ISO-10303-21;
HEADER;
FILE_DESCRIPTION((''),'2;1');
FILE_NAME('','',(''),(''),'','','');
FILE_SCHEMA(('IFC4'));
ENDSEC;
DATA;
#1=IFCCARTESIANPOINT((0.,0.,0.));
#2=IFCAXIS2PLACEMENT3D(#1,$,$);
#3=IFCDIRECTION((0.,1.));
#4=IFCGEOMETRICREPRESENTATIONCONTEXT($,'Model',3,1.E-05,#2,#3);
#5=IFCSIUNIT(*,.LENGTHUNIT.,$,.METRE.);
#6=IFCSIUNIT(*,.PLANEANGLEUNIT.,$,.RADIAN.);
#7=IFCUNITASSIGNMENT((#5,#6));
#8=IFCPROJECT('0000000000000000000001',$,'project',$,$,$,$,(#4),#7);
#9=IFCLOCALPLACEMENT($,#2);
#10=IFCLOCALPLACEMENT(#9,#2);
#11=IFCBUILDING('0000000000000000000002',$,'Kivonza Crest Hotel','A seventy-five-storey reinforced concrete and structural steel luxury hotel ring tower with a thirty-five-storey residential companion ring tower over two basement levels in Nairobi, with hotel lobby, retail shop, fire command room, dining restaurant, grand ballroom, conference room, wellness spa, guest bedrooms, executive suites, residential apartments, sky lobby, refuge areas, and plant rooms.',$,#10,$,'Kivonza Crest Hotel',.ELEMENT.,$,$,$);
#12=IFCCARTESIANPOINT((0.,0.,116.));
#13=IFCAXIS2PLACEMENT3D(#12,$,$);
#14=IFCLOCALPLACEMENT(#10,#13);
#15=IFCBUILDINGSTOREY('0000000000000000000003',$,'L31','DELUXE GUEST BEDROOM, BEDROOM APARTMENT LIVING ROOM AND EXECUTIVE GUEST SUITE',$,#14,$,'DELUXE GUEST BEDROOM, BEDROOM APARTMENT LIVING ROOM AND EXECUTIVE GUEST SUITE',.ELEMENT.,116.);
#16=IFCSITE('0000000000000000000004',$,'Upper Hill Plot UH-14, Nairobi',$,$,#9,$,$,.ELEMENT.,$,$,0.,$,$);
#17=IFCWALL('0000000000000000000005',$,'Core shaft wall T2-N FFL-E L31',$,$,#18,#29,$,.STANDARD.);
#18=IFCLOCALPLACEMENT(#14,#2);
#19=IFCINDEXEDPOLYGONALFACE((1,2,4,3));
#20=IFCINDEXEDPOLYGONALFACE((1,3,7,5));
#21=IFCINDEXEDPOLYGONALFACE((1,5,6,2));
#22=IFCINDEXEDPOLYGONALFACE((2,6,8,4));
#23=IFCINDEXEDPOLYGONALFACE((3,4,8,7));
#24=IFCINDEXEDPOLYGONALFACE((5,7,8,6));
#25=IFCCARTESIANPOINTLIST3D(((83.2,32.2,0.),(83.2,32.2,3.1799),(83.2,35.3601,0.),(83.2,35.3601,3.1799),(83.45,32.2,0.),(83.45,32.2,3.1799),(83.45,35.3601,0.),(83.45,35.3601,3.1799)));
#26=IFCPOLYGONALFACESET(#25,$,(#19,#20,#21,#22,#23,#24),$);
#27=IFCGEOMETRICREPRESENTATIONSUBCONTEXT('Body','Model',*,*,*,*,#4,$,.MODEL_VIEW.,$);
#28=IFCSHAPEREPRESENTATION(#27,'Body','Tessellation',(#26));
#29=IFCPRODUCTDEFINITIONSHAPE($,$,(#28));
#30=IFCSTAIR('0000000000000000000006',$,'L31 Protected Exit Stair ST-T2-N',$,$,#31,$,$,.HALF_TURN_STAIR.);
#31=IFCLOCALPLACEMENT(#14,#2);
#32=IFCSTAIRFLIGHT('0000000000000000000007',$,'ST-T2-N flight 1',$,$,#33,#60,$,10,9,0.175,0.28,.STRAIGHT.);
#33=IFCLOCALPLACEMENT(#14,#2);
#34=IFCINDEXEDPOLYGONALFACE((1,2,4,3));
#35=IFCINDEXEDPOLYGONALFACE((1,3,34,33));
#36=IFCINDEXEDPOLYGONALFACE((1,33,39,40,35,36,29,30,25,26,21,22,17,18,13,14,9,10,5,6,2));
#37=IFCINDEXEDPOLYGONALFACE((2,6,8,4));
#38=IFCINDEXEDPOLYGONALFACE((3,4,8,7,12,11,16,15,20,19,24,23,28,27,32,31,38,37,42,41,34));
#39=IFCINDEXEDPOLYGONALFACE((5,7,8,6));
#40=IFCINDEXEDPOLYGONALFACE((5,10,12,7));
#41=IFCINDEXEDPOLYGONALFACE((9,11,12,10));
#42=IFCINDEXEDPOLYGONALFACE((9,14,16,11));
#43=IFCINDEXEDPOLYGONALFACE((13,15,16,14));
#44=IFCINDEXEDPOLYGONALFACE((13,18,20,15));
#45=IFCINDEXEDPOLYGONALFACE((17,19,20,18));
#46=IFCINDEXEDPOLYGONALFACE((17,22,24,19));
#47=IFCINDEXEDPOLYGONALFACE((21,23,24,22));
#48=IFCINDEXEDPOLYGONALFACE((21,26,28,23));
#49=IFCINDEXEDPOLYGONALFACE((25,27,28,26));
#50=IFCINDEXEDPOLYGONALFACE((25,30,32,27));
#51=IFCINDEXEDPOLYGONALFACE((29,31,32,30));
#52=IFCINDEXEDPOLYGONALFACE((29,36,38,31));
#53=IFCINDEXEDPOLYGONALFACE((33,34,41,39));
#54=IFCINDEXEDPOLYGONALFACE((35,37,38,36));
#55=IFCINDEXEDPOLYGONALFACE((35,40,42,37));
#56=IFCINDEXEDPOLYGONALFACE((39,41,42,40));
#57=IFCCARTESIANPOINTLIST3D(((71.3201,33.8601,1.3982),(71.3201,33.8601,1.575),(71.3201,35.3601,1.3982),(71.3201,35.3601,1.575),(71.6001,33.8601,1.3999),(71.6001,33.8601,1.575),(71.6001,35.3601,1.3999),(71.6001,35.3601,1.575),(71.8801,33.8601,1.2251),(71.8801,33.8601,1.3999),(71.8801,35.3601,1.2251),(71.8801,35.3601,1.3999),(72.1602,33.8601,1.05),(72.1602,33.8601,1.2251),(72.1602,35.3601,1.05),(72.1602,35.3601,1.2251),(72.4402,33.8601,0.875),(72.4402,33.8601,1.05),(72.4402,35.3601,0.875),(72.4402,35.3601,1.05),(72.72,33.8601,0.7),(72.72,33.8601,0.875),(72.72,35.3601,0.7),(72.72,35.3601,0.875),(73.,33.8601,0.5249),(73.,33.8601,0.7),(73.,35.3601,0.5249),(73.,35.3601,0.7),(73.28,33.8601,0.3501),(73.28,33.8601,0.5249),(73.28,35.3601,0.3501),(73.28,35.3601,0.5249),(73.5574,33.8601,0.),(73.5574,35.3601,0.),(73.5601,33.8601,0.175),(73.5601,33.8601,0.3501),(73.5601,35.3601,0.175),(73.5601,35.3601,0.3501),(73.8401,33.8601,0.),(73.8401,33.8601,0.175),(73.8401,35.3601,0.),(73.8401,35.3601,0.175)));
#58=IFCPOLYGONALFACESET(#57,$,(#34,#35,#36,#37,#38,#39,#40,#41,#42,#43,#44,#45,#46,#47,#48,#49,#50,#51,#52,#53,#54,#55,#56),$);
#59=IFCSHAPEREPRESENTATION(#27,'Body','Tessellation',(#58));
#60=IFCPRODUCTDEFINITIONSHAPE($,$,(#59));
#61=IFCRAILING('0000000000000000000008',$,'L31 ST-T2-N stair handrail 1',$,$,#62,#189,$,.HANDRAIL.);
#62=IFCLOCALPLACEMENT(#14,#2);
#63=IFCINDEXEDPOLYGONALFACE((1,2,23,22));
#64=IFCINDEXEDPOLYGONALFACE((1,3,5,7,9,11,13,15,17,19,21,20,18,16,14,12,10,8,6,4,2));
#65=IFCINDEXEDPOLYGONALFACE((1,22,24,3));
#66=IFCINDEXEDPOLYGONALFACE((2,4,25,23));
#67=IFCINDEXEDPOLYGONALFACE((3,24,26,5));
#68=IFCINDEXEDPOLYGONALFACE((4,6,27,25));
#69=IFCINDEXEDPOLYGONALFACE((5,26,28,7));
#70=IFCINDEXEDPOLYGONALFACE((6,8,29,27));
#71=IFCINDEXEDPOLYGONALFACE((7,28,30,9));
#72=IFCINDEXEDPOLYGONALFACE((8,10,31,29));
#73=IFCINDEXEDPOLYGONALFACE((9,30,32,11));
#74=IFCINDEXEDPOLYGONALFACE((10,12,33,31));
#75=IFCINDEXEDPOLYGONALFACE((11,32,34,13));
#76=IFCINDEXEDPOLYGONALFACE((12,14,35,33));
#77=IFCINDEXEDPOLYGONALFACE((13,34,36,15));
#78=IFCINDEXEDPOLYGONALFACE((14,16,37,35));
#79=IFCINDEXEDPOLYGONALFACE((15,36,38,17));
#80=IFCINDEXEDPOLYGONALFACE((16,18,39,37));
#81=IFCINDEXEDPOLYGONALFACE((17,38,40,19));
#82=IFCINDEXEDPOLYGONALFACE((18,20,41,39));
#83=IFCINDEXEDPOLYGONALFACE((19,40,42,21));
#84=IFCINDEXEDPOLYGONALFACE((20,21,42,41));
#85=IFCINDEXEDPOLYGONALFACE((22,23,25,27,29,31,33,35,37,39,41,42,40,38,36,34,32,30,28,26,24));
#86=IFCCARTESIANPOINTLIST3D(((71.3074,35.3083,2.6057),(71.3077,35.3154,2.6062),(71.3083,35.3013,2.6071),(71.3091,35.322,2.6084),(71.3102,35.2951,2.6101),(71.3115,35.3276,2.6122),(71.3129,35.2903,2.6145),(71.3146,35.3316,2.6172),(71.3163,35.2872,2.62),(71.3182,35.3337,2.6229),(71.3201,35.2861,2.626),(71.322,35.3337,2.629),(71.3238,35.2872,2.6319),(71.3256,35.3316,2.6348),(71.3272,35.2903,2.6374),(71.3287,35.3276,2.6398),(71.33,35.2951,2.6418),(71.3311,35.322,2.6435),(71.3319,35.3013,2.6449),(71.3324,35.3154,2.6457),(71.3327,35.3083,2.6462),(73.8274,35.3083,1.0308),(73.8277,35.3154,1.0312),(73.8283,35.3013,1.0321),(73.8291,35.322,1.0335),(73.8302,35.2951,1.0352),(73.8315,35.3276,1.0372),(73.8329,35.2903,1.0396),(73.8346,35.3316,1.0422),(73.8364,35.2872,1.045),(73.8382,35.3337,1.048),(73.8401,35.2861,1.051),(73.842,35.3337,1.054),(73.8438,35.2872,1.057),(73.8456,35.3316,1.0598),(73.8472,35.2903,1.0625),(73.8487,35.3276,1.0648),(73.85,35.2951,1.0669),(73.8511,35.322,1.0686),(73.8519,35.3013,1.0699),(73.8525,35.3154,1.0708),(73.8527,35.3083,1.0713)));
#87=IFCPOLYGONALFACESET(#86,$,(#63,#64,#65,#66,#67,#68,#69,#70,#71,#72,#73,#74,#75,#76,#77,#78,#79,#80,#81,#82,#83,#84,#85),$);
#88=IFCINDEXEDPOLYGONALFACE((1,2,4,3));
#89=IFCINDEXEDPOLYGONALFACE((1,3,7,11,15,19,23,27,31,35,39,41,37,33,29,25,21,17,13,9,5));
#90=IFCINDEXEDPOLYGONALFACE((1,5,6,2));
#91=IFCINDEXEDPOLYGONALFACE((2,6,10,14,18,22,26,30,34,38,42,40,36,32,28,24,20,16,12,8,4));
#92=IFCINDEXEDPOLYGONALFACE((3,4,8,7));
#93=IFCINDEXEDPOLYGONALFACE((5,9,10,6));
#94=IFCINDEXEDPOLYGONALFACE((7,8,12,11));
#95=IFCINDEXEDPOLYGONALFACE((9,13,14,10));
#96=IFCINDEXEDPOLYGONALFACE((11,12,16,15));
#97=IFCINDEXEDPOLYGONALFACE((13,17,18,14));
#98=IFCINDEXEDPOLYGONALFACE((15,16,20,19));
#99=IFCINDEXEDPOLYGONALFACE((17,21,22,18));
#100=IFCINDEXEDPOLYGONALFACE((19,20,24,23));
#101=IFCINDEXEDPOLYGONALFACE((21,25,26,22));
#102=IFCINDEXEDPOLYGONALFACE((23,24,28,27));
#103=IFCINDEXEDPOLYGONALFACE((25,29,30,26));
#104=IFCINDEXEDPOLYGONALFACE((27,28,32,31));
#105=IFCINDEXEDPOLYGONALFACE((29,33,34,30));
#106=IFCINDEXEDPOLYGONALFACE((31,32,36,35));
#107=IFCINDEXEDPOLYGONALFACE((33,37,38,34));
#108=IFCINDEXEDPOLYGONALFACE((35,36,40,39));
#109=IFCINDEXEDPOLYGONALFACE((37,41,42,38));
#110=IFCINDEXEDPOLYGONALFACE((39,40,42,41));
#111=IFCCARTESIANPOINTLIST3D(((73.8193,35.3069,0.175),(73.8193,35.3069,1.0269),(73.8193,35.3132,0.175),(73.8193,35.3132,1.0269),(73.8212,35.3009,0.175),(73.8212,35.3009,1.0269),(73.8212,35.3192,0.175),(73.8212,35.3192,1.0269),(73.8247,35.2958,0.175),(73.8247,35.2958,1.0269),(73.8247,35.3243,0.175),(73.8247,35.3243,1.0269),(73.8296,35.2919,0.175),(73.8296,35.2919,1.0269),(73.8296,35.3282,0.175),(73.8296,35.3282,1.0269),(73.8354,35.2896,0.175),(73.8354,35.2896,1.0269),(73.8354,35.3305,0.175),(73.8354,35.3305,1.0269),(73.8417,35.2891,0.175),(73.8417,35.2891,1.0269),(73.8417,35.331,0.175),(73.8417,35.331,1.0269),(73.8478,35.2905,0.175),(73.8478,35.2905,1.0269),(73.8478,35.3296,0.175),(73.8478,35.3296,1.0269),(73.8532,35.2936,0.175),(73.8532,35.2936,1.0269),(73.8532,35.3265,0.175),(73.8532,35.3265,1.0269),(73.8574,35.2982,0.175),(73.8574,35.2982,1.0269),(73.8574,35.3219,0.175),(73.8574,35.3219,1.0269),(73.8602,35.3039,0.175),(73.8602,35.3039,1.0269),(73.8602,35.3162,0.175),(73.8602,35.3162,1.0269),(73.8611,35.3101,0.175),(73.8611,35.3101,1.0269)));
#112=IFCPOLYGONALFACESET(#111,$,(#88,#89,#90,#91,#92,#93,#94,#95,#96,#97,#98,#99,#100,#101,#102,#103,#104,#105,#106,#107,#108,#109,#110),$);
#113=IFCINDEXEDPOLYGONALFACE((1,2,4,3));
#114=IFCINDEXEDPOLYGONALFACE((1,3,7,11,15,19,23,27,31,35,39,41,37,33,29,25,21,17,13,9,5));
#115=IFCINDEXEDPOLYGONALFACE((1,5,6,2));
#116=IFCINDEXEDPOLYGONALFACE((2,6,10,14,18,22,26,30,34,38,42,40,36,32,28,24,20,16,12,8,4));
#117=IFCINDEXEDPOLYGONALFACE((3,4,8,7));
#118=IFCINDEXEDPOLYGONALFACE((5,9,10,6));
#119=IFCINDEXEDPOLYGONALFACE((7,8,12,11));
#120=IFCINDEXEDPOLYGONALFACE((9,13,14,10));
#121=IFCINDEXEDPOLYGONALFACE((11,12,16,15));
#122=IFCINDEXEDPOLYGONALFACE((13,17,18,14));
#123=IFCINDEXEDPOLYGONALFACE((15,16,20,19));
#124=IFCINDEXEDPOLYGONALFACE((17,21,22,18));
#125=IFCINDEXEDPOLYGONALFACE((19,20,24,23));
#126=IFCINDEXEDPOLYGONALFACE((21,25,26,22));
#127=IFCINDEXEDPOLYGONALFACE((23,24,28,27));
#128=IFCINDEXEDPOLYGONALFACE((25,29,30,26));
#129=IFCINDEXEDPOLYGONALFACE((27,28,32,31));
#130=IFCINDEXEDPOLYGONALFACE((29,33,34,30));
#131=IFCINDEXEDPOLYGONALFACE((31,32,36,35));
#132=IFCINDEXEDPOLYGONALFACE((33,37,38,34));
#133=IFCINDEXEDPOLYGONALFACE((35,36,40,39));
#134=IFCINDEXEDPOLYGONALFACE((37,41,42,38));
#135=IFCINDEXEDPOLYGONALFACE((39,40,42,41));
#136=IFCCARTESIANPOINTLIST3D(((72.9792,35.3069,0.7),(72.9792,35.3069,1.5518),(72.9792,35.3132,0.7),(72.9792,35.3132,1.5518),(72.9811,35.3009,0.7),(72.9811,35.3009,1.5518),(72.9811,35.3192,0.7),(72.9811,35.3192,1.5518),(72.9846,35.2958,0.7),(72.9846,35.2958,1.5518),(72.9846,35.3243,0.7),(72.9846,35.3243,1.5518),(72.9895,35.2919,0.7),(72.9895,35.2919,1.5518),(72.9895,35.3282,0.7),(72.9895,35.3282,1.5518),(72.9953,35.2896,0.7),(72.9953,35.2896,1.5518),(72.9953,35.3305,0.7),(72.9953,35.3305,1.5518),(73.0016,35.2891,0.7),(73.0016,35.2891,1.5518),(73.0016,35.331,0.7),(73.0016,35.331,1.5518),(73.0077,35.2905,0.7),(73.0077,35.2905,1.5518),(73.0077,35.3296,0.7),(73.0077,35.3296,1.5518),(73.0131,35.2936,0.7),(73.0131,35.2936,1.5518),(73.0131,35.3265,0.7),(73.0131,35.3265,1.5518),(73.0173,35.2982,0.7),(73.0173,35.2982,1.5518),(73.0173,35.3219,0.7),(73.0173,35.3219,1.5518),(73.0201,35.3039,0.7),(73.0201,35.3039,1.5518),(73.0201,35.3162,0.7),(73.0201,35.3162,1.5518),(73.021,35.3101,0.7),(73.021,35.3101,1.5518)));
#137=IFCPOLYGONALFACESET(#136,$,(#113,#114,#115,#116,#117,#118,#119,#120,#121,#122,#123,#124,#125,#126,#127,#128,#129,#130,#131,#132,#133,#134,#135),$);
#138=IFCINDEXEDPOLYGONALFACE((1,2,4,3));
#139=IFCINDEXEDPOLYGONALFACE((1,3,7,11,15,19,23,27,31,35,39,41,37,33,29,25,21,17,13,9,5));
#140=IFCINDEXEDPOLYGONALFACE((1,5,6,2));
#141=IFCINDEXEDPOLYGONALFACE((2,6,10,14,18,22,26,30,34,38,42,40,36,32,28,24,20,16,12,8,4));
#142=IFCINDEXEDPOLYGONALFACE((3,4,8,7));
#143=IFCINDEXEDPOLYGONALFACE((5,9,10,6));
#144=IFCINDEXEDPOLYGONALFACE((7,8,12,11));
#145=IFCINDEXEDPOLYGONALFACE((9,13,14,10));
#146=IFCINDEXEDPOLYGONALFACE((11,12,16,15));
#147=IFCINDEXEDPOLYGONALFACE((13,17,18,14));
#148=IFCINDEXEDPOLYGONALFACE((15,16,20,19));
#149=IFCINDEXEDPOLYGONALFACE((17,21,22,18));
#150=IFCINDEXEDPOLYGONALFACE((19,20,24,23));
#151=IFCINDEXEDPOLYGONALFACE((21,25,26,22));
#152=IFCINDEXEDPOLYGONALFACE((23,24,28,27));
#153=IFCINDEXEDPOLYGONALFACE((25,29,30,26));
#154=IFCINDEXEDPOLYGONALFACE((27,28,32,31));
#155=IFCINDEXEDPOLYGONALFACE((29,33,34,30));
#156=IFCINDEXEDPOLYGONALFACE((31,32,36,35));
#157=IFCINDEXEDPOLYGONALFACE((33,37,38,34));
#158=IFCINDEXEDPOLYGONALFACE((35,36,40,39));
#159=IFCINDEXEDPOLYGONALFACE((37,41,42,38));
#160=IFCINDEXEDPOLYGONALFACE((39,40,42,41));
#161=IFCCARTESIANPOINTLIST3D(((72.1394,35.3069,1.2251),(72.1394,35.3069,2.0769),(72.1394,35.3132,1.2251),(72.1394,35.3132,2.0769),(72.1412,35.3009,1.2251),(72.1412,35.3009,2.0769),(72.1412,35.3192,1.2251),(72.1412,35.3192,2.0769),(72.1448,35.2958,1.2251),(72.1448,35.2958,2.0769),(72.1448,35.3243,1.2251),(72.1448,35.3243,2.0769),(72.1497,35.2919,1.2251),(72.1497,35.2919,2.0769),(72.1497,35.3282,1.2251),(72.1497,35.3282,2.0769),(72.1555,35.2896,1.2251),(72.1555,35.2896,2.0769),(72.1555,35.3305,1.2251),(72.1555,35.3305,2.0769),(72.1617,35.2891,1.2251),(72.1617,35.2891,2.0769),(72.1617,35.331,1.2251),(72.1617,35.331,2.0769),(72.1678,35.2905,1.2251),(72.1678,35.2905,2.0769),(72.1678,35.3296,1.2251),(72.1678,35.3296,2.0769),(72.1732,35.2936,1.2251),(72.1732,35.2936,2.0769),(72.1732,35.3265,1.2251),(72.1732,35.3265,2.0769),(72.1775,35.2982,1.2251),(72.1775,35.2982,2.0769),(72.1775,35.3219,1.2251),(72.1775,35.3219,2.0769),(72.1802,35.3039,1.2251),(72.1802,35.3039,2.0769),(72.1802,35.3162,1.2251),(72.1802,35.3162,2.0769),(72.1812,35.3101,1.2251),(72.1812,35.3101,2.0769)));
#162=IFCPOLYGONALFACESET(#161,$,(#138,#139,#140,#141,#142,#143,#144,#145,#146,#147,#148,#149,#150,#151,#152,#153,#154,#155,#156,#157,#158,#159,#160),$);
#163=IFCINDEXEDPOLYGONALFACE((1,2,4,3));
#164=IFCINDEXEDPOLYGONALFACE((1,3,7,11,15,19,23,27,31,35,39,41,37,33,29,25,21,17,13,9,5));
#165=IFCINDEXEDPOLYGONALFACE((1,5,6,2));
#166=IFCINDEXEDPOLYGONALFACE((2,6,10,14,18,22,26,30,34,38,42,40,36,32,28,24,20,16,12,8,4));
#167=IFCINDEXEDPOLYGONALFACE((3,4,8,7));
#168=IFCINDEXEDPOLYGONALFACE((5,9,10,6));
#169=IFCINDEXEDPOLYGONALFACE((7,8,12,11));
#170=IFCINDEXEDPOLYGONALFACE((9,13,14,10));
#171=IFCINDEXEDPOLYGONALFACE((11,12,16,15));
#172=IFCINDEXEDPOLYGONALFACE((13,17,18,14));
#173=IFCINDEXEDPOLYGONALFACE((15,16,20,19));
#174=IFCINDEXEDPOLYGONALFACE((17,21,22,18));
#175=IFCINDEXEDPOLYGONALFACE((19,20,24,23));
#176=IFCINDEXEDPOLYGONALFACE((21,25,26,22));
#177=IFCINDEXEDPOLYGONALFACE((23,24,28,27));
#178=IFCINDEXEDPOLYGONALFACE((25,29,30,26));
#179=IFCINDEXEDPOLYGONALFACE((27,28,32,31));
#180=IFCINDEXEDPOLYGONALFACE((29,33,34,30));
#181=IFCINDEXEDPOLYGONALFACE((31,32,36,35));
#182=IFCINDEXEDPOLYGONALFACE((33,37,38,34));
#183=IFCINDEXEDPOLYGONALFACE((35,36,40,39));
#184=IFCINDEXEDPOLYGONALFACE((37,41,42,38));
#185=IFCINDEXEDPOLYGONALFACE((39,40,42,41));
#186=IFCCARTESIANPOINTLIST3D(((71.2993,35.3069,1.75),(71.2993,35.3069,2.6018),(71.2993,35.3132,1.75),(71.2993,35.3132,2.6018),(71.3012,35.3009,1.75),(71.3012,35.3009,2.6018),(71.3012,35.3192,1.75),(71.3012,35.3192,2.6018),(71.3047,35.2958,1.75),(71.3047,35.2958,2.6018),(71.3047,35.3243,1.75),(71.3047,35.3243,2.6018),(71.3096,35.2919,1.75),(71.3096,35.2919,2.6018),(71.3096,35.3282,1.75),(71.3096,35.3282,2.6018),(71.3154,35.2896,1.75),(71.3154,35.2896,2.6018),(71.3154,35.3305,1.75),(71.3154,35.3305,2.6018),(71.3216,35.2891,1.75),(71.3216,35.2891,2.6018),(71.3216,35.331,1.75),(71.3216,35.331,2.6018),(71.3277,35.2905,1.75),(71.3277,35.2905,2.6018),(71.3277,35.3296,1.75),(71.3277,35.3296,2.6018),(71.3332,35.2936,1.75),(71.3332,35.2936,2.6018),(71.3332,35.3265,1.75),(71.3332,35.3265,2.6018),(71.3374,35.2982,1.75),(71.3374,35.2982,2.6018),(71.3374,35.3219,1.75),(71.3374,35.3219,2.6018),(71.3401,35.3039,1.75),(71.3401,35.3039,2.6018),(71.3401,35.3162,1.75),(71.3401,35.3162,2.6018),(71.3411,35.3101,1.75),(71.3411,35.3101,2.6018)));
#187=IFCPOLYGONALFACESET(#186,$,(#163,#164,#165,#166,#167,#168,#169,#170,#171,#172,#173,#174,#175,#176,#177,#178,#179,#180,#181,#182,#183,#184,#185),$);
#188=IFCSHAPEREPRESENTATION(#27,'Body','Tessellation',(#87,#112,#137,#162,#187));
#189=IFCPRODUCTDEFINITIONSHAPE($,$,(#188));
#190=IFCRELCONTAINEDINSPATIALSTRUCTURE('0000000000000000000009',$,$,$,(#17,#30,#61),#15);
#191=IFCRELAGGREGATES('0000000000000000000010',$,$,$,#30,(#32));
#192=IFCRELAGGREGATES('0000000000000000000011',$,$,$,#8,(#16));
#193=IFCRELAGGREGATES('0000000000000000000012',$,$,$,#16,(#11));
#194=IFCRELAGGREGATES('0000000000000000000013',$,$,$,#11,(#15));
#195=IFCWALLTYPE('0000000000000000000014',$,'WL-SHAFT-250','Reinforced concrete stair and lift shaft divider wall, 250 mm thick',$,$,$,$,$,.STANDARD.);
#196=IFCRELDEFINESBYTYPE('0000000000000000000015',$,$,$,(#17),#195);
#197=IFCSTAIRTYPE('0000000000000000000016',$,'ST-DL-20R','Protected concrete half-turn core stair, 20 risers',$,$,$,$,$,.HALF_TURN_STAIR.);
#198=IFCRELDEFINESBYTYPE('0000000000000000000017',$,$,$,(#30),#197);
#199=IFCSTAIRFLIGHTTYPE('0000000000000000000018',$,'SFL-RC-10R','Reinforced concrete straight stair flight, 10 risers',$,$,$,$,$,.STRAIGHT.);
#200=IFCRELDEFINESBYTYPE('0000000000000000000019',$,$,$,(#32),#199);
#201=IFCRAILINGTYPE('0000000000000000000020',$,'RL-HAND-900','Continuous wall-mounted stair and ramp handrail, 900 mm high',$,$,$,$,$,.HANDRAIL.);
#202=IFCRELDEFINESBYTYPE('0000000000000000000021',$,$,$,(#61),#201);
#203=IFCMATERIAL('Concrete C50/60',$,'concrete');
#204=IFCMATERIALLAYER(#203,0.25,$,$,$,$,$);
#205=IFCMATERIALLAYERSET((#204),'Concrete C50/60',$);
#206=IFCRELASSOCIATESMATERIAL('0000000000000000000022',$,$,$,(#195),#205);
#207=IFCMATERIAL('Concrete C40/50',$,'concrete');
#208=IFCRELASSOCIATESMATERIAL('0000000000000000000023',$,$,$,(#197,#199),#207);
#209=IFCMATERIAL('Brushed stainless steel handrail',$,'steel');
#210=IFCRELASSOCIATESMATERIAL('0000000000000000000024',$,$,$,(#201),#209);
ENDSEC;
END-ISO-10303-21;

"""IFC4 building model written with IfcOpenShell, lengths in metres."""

from ifc_helpers import new_model, si_unit, direction, frame, frame_2d, origin, origin_2d, place, context, subcontext, project, spatial, polyline, rectangle, circle, outline, extrude, material, layer, layer_set, type_object, element, aggregate, save


model = new_model("IFC4")

# Units and contexts
model_context = context("Model", 3, precision=1e-05, world=origin(), true_north=direction((0.0, 1.0)))
body_context = subcontext(model_context, "Body", "Model", "MODEL_VIEW")
ifc_project = project(units=[si_unit("LENGTHUNIT", "METRE"), si_unit("PLANEANGLEUNIT", "RADIAN")], contexts=[model_context])

# Site, building, storey
site_placement = place(None, origin())
site = spatial("IfcSite", under=ifc_project, at=site_placement, Name="Upper Hill Plot UH-14, Nairobi", CompositionType="ELEMENT", RefElevation=0.0)
building_placement = place(site_placement, origin())
building = spatial("IfcBuilding", under=site, at=building_placement, Name="Kivonza Crest Hotel", Description="A seventy-five-storey reinforced concrete and structural steel luxury hotel ring tower with a thirty-five-storey residential companion ring tower over two basement levels in Nairobi, with hotel lobby, retail shop, fire command room, dining restaurant, grand ballroom, conference room, wellness spa, guest bedrooms, executive suites, residential apartments, sky lobby, refuge areas, and plant rooms.", LongName="Kivonza Crest Hotel", CompositionType="ELEMENT")
storey_placement = place(building_placement, frame((0.0, 0.0, 116.0)))
storey = spatial("IfcBuildingStorey", under=building, at=storey_placement, Name="L31", Description="DELUXE GUEST BEDROOM, BEDROOM APARTMENT LIVING ROOM AND EXECUTIVE GUEST SUITE", LongName="DELUXE GUEST BEDROOM, BEDROOM APARTMENT LIVING ROOM AND EXECUTIVE GUEST SUITE", CompositionType="ELEMENT", Elevation=116.0)

# Shared definitions
ifc_material_1 = material(Name="Concrete C50/60", Category="concrete")
ifc_layer_1 = layer(ifc_material_1, 0.25)
ifc_layer_set_1 = layer_set([ifc_layer_1], Name="Concrete C50/60")
wall_type_1 = type_object("IfcWallType", Name="WL-SHAFT-250", Description="Reinforced concrete stair and lift shaft divider wall, 250 mm thick", PredefinedType="STANDARD", material=ifc_layer_set_1)

# Wall
wall_1_placement = place(storey_placement, frame((83.325, 32.2, 0.0), z_axis=(0.0, 0.0, 1.0), x_axis=(0.0, 1.0, 0.0)))
element("IfcWall", 1, at=wall_1_placement, inside=storey, type_object=wall_type_1, Name="Core shaft wall T2-N FFL-E L31", PredefinedType="STANDARD", context=body_context, shape_type="SweptSolid", body=[
    extrude(rectangle(XDim=3.1602, YDim=0.25, at=frame_2d((1.5801, 0.0))), origin(), (0.0, 0.0, 1.0), 3.1799),
])

# Stair, stair flight
ifc_material_2 = material(Name="Concrete C40/50", Category="concrete")
stair_type = type_object("IfcStairType", Name="ST-DL-20R", Description="Protected concrete half-turn core stair, 20 risers", PredefinedType="HALF_TURN_STAIR", material=ifc_material_2)
stair_placement = place(storey_placement, origin())
stair = element("IfcStair", 2, at=stair_placement, inside=storey, type_object=stair_type, Name="L31 Protected Exit Stair ST-T2-N", PredefinedType="HALF_TURN_STAIR")
stair_flight_type = type_object("IfcStairFlightType", Name="SFL-RC-10R", Description="Reinforced concrete straight stair flight, 10 risers", PredefinedType="STRAIGHT", material=ifc_material_2)
stair_flight_placement = place(storey_placement, frame((73.8401, 34.6101, 0.0), z_axis=(0.0, 0.0, 1.0), x_axis=(-1.0, 0.0, 0.0)))
stair_flight = element("IfcStairFlight", 3, at=stair_flight_placement, type_object=stair_flight_type, Name="ST-T2-N flight 1", NumberOfRisers=10, NumberOfTreads=9, PredefinedType="STRAIGHT", RiserHeight=0.175, TreadLength=0.28, context=body_context, shape_type="SweptSolid", body=[
    extrude(outline(polyline([(0.0, 0.0), (0.0, 0.175), (0.28, 0.175), (0.28, 0.3501), (0.5601, 0.3501), (0.5601, 0.5249), (0.8401, 0.5249), (0.8401, 0.7), (1.1201, 0.7), (1.1201, 0.875), (1.3999, 0.875), (1.3999, 1.05), (1.6799, 1.05), (1.6799, 1.2251), (1.96, 1.2251), (1.96, 1.3999), (2.24, 1.3999), (2.24, 1.575), (2.52, 1.575), (2.52, 1.75), (2.52, 1.3982), (0.2827, 0.0), (0.0, 0.0)])), frame((0.0, 0.75, 0.0), z_axis=(0.0, -1.0, 0.0), x_axis=(1.0, 0.0, 0.0)), (0.0, 0.0, 1.0), 1.5),
])
aggregate(stair, [stair_flight])

# Railing
ifc_material_3 = material(Name="Brushed stainless steel handrail", Category="steel")
railing_type_1 = type_object("IfcRailingType", Name="RL-HAND-900", Description="Continuous wall-mounted stair and ramp handrail, 900 mm high", PredefinedType="HANDRAIL", material=ifc_material_3)
railing_1_placement = place(storey_placement, frame((73.8401, 35.3101, 0.175)))
element("IfcRailing", 4, at=railing_1_placement, inside=storey, type_object=railing_type_1, Name="L31 ST-T2-N stair handrail 1", PredefinedType="HANDRAIL", context=body_context, shape_type="SweptSolid", body=[
    extrude(circle(Radius=0.0239, at=origin_2d()), frame((0.0, 0.0, 0.876), z_axis=(-0.848008, 0.0, 0.529984), x_axis=(0.0, -1.0, 0.0)), (0.0, 0.0, 1.0), 2.9717),
    extrude(circle(Radius=0.021, at=origin_2d()), origin(), (0.0, 0.0, 1.0), 0.8518),
    extrude(circle(Radius=0.021, at=origin_2d()), frame((-0.8401, 0.0, 0.5249)), (0.0, 0.0, 1.0), 0.8518),
    extrude(circle(Radius=0.021, at=origin_2d()), frame((-1.6799, 0.0, 1.05)), (0.0, 0.0, 1.0), 0.8518),
    extrude(circle(Radius=0.021, at=origin_2d()), frame((-2.52, 0.0, 1.575)), (0.0, 0.0, 1.0), 0.8518),
])

save(model, "model.ifc")
